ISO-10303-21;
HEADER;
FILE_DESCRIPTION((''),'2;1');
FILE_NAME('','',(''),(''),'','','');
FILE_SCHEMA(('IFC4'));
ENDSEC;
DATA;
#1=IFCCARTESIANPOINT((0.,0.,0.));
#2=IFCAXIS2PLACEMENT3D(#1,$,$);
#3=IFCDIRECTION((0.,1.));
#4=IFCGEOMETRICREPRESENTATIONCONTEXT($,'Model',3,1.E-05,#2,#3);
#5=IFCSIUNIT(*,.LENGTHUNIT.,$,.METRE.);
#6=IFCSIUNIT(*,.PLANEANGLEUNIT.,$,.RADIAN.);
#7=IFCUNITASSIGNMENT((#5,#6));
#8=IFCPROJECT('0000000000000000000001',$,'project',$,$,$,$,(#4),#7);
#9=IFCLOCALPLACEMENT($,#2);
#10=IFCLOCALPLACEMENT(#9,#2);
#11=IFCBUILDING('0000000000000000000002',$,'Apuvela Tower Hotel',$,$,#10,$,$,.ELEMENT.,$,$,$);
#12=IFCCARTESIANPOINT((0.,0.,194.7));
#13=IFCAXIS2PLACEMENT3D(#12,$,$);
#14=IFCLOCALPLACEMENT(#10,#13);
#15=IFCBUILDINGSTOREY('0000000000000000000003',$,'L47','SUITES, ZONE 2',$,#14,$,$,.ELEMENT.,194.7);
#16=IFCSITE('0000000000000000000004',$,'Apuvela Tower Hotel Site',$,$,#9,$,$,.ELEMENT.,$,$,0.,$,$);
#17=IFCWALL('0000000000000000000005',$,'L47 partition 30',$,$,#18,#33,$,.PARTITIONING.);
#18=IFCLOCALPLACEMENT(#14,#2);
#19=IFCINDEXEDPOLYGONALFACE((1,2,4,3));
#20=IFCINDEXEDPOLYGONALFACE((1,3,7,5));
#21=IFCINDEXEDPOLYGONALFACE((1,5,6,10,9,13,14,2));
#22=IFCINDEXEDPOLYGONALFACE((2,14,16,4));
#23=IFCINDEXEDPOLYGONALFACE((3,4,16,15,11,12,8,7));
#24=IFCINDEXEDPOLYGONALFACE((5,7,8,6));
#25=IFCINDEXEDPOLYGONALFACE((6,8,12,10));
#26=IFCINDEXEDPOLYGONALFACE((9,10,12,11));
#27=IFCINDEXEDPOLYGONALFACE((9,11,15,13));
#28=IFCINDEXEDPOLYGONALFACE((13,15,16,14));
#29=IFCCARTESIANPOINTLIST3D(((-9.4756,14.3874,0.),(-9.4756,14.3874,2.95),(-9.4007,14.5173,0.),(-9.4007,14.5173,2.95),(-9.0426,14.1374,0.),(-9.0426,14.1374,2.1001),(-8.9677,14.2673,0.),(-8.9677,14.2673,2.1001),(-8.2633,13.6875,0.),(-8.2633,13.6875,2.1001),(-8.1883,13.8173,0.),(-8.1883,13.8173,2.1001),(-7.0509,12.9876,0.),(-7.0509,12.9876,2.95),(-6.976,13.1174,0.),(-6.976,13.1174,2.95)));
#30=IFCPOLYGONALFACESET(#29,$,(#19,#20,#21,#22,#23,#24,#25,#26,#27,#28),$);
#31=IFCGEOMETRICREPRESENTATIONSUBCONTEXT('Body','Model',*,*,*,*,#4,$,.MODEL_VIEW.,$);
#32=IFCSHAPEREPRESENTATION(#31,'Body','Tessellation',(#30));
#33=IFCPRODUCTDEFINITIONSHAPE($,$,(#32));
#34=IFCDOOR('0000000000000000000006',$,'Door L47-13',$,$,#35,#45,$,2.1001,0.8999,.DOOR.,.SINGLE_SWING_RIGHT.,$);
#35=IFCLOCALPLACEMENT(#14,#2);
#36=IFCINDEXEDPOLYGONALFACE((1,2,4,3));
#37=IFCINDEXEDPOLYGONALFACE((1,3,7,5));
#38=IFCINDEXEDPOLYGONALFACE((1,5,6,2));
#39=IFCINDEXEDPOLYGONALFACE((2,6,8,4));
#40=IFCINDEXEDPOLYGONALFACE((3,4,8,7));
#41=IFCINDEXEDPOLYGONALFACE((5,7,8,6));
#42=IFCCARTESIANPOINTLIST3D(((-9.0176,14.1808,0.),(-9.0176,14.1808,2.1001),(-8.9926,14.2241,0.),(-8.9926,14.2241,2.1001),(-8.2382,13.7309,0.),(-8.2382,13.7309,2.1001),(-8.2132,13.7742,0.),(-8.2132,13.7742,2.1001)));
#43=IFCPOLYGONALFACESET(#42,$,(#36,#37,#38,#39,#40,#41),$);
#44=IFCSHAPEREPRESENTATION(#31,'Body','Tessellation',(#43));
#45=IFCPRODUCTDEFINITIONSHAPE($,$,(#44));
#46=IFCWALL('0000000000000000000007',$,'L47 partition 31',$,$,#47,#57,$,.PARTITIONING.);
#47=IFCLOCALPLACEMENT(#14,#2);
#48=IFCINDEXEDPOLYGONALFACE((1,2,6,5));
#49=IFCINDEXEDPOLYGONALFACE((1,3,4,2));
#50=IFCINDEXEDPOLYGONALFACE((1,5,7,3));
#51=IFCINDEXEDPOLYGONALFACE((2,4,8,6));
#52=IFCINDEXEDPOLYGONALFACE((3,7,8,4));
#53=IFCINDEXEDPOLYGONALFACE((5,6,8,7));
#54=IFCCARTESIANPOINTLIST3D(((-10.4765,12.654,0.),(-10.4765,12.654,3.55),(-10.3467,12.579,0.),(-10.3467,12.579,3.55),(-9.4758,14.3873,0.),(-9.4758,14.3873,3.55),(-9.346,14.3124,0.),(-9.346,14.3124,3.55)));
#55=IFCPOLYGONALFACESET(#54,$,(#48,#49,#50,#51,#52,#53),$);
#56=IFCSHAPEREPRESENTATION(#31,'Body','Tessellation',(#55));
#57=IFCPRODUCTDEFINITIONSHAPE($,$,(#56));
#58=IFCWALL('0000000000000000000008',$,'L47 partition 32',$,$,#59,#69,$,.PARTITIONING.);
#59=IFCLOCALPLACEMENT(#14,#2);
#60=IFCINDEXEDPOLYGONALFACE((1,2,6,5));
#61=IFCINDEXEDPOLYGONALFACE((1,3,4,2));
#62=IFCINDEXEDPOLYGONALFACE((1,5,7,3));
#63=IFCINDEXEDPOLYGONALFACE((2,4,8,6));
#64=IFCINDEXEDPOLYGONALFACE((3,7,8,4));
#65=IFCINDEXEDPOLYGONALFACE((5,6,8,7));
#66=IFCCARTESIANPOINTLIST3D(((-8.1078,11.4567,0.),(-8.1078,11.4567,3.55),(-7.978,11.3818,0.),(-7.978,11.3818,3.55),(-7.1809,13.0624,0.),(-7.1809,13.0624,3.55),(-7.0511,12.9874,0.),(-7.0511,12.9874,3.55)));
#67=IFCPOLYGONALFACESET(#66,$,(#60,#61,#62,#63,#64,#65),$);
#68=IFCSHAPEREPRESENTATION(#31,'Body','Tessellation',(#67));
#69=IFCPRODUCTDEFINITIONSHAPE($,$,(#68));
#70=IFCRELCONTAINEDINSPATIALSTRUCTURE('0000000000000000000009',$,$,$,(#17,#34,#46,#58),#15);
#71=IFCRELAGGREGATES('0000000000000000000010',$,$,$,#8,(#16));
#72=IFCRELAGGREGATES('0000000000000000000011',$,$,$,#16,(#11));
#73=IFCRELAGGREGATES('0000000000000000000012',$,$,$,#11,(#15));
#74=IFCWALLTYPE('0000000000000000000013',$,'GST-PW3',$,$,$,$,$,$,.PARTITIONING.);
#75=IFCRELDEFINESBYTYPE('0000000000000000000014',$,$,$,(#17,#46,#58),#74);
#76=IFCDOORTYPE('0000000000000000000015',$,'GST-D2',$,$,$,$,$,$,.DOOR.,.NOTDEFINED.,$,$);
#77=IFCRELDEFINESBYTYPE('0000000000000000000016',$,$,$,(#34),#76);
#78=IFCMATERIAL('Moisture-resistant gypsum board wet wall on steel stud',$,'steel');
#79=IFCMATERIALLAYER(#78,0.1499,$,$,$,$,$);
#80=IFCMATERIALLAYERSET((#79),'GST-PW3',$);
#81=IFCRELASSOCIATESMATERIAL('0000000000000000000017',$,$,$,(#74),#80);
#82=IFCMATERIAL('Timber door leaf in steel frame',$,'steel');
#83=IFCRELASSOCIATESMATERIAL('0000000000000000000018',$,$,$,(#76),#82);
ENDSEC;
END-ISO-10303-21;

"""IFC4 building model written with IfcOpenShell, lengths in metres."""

from ifc_helpers import new_model, si_unit, direction, frame, frame_2d, origin, place, context, subcontext, project, spatial, rectangle, extrude, material, layer, layer_set, type_object, element, fill, save


model = new_model("IFC4")

# Units and contexts
model_context = context("Model", 3, precision=1e-05, world=origin(), true_north=direction((0.0, 1.0)))
body_context = subcontext(model_context, "Body", "Model", "MODEL_VIEW")
ifc_project = project(units=[si_unit("LENGTHUNIT", "METRE"), si_unit("PLANEANGLEUNIT", "RADIAN")], contexts=[model_context])

# Site, building, storey
site_placement = place(None, origin())
site = spatial("IfcSite", under=ifc_project, at=site_placement, Name="Apuvela Tower Hotel Site", CompositionType="ELEMENT", RefElevation=0.0)
building_placement = place(site_placement, origin())
building = spatial("IfcBuilding", under=site, at=building_placement, Name="Apuvela Tower Hotel", CompositionType="ELEMENT")
storey_placement = place(building_placement, frame((0.0, 0.0, 194.7)))
storey = spatial("IfcBuildingStorey", under=building, at=storey_placement, Name="L47", Description="SUITES, ZONE 2", CompositionType="ELEMENT", Elevation=194.7)

# Wall, opening, door
ifc_material_1 = material(Name="Moisture-resistant gypsum board wet wall on steel stud", Category="steel")
ifc_layer_1 = layer(ifc_material_1, 0.1499)
ifc_layer_set_1 = layer_set([ifc_layer_1], Name="GST-PW3")
wall_type_1 = type_object("IfcWallType", Name="GST-PW3", PredefinedType="PARTITIONING", material=ifc_layer_set_1)
wall_1_placement = place(storey_placement, frame((-7.0134, 13.0525, 0.0), z_axis=(0.0, 0.0, 1.0), x_axis=(-0.866035, 0.499984, 0.0)))
wall_1 = element("IfcWall", 1, at=wall_1_placement, inside=storey, type_object=wall_type_1, Name="L47 partition 30", PredefinedType="PARTITIONING", context=body_context, shape_type="SweptSolid", body=[
    extrude(rectangle(XDim=2.7998, YDim=0.1499, at=frame_2d((1.3999, 0.0))), origin(), (0.0, 0.0, 1.0), 2.95),
])
opening_1_placement = place(wall_1_placement, frame((1.3999, 0.0, 0.0)))
opening_1 = element("IfcOpeningElement", 2, at=opening_1_placement, cuts=wall_1, PredefinedType="OPENING", context=body_context, shape_type="SweptSolid", body=[
    extrude(rectangle(XDim=0.8999, YDim=2.1001, at=frame_2d((0.45, 1.05))), frame((0.0, 0.085, 0.0), z_axis=(0.0, -1.0, 0.0), x_axis=(1.0, 0.0, 0.0)), (0.0, 0.0, 1.0), 0.1699),
])
ifc_material_2 = material(Name="Timber door leaf in steel frame", Category="steel")
door_type_1 = type_object("IfcDoorType", Name="GST-D2", OperationType="NOTDEFINED", PredefinedType="DOOR", material=ifc_material_2)
door_1_placement = place(opening_1_placement, origin())
door_1 = element("IfcDoor", 3, at=door_1_placement, inside=storey, type_object=door_type_1, Name="Door L47-13", OperationType="SINGLE_SWING_RIGHT", OverallHeight=2.1001, OverallWidth=0.8999, PredefinedType="DOOR", context=body_context, shape_type="SweptSolid", body=[
    extrude(rectangle(XDim=0.8999, YDim=2.1001, at=frame_2d((0.45, 1.05))), frame((0.0, 0.0249, 0.0), z_axis=(0.0, -1.0, 0.0), x_axis=(1.0, 0.0, 0.0)), (0.0, 0.0, 1.0), 0.05),
])
fill(opening_1, door_1)

# Walls
wall_2_placement = place(storey_placement, frame((-9.4109, 14.3499, 0.0), z_axis=(0.0, 0.0, 1.0), x_axis=(-0.499983, -0.866035, 0.0)))
element("IfcWall", 4, at=wall_2_placement, inside=storey, type_object=wall_type_1, Name="L47 partition 31", PredefinedType="PARTITIONING", context=body_context, shape_type="SweptSolid", body=[
    extrude(rectangle(XDim=2.0015, YDim=0.1499, at=frame_2d((1.0007, 0.0))), origin(), (0.0, 0.0, 1.0), 3.55),
])
wall_3_placement = place(storey_placement, frame((-7.116, 13.0249, 0.0), z_axis=(0.0, 0.0, 1.0), x_axis=(-0.499977, -0.866039, 0.0)))
element("IfcWall", 5, at=wall_3_placement, inside=storey, type_object=wall_type_1, Name="L47 partition 32", PredefinedType="PARTITIONING", context=body_context, shape_type="SweptSolid", body=[
    extrude(rectangle(XDim=1.854, YDim=0.1499, at=frame_2d((0.927, 0.0))), origin(), (0.0, 0.0, 1.0), 3.55),
])

save(model, "model.ifc")
